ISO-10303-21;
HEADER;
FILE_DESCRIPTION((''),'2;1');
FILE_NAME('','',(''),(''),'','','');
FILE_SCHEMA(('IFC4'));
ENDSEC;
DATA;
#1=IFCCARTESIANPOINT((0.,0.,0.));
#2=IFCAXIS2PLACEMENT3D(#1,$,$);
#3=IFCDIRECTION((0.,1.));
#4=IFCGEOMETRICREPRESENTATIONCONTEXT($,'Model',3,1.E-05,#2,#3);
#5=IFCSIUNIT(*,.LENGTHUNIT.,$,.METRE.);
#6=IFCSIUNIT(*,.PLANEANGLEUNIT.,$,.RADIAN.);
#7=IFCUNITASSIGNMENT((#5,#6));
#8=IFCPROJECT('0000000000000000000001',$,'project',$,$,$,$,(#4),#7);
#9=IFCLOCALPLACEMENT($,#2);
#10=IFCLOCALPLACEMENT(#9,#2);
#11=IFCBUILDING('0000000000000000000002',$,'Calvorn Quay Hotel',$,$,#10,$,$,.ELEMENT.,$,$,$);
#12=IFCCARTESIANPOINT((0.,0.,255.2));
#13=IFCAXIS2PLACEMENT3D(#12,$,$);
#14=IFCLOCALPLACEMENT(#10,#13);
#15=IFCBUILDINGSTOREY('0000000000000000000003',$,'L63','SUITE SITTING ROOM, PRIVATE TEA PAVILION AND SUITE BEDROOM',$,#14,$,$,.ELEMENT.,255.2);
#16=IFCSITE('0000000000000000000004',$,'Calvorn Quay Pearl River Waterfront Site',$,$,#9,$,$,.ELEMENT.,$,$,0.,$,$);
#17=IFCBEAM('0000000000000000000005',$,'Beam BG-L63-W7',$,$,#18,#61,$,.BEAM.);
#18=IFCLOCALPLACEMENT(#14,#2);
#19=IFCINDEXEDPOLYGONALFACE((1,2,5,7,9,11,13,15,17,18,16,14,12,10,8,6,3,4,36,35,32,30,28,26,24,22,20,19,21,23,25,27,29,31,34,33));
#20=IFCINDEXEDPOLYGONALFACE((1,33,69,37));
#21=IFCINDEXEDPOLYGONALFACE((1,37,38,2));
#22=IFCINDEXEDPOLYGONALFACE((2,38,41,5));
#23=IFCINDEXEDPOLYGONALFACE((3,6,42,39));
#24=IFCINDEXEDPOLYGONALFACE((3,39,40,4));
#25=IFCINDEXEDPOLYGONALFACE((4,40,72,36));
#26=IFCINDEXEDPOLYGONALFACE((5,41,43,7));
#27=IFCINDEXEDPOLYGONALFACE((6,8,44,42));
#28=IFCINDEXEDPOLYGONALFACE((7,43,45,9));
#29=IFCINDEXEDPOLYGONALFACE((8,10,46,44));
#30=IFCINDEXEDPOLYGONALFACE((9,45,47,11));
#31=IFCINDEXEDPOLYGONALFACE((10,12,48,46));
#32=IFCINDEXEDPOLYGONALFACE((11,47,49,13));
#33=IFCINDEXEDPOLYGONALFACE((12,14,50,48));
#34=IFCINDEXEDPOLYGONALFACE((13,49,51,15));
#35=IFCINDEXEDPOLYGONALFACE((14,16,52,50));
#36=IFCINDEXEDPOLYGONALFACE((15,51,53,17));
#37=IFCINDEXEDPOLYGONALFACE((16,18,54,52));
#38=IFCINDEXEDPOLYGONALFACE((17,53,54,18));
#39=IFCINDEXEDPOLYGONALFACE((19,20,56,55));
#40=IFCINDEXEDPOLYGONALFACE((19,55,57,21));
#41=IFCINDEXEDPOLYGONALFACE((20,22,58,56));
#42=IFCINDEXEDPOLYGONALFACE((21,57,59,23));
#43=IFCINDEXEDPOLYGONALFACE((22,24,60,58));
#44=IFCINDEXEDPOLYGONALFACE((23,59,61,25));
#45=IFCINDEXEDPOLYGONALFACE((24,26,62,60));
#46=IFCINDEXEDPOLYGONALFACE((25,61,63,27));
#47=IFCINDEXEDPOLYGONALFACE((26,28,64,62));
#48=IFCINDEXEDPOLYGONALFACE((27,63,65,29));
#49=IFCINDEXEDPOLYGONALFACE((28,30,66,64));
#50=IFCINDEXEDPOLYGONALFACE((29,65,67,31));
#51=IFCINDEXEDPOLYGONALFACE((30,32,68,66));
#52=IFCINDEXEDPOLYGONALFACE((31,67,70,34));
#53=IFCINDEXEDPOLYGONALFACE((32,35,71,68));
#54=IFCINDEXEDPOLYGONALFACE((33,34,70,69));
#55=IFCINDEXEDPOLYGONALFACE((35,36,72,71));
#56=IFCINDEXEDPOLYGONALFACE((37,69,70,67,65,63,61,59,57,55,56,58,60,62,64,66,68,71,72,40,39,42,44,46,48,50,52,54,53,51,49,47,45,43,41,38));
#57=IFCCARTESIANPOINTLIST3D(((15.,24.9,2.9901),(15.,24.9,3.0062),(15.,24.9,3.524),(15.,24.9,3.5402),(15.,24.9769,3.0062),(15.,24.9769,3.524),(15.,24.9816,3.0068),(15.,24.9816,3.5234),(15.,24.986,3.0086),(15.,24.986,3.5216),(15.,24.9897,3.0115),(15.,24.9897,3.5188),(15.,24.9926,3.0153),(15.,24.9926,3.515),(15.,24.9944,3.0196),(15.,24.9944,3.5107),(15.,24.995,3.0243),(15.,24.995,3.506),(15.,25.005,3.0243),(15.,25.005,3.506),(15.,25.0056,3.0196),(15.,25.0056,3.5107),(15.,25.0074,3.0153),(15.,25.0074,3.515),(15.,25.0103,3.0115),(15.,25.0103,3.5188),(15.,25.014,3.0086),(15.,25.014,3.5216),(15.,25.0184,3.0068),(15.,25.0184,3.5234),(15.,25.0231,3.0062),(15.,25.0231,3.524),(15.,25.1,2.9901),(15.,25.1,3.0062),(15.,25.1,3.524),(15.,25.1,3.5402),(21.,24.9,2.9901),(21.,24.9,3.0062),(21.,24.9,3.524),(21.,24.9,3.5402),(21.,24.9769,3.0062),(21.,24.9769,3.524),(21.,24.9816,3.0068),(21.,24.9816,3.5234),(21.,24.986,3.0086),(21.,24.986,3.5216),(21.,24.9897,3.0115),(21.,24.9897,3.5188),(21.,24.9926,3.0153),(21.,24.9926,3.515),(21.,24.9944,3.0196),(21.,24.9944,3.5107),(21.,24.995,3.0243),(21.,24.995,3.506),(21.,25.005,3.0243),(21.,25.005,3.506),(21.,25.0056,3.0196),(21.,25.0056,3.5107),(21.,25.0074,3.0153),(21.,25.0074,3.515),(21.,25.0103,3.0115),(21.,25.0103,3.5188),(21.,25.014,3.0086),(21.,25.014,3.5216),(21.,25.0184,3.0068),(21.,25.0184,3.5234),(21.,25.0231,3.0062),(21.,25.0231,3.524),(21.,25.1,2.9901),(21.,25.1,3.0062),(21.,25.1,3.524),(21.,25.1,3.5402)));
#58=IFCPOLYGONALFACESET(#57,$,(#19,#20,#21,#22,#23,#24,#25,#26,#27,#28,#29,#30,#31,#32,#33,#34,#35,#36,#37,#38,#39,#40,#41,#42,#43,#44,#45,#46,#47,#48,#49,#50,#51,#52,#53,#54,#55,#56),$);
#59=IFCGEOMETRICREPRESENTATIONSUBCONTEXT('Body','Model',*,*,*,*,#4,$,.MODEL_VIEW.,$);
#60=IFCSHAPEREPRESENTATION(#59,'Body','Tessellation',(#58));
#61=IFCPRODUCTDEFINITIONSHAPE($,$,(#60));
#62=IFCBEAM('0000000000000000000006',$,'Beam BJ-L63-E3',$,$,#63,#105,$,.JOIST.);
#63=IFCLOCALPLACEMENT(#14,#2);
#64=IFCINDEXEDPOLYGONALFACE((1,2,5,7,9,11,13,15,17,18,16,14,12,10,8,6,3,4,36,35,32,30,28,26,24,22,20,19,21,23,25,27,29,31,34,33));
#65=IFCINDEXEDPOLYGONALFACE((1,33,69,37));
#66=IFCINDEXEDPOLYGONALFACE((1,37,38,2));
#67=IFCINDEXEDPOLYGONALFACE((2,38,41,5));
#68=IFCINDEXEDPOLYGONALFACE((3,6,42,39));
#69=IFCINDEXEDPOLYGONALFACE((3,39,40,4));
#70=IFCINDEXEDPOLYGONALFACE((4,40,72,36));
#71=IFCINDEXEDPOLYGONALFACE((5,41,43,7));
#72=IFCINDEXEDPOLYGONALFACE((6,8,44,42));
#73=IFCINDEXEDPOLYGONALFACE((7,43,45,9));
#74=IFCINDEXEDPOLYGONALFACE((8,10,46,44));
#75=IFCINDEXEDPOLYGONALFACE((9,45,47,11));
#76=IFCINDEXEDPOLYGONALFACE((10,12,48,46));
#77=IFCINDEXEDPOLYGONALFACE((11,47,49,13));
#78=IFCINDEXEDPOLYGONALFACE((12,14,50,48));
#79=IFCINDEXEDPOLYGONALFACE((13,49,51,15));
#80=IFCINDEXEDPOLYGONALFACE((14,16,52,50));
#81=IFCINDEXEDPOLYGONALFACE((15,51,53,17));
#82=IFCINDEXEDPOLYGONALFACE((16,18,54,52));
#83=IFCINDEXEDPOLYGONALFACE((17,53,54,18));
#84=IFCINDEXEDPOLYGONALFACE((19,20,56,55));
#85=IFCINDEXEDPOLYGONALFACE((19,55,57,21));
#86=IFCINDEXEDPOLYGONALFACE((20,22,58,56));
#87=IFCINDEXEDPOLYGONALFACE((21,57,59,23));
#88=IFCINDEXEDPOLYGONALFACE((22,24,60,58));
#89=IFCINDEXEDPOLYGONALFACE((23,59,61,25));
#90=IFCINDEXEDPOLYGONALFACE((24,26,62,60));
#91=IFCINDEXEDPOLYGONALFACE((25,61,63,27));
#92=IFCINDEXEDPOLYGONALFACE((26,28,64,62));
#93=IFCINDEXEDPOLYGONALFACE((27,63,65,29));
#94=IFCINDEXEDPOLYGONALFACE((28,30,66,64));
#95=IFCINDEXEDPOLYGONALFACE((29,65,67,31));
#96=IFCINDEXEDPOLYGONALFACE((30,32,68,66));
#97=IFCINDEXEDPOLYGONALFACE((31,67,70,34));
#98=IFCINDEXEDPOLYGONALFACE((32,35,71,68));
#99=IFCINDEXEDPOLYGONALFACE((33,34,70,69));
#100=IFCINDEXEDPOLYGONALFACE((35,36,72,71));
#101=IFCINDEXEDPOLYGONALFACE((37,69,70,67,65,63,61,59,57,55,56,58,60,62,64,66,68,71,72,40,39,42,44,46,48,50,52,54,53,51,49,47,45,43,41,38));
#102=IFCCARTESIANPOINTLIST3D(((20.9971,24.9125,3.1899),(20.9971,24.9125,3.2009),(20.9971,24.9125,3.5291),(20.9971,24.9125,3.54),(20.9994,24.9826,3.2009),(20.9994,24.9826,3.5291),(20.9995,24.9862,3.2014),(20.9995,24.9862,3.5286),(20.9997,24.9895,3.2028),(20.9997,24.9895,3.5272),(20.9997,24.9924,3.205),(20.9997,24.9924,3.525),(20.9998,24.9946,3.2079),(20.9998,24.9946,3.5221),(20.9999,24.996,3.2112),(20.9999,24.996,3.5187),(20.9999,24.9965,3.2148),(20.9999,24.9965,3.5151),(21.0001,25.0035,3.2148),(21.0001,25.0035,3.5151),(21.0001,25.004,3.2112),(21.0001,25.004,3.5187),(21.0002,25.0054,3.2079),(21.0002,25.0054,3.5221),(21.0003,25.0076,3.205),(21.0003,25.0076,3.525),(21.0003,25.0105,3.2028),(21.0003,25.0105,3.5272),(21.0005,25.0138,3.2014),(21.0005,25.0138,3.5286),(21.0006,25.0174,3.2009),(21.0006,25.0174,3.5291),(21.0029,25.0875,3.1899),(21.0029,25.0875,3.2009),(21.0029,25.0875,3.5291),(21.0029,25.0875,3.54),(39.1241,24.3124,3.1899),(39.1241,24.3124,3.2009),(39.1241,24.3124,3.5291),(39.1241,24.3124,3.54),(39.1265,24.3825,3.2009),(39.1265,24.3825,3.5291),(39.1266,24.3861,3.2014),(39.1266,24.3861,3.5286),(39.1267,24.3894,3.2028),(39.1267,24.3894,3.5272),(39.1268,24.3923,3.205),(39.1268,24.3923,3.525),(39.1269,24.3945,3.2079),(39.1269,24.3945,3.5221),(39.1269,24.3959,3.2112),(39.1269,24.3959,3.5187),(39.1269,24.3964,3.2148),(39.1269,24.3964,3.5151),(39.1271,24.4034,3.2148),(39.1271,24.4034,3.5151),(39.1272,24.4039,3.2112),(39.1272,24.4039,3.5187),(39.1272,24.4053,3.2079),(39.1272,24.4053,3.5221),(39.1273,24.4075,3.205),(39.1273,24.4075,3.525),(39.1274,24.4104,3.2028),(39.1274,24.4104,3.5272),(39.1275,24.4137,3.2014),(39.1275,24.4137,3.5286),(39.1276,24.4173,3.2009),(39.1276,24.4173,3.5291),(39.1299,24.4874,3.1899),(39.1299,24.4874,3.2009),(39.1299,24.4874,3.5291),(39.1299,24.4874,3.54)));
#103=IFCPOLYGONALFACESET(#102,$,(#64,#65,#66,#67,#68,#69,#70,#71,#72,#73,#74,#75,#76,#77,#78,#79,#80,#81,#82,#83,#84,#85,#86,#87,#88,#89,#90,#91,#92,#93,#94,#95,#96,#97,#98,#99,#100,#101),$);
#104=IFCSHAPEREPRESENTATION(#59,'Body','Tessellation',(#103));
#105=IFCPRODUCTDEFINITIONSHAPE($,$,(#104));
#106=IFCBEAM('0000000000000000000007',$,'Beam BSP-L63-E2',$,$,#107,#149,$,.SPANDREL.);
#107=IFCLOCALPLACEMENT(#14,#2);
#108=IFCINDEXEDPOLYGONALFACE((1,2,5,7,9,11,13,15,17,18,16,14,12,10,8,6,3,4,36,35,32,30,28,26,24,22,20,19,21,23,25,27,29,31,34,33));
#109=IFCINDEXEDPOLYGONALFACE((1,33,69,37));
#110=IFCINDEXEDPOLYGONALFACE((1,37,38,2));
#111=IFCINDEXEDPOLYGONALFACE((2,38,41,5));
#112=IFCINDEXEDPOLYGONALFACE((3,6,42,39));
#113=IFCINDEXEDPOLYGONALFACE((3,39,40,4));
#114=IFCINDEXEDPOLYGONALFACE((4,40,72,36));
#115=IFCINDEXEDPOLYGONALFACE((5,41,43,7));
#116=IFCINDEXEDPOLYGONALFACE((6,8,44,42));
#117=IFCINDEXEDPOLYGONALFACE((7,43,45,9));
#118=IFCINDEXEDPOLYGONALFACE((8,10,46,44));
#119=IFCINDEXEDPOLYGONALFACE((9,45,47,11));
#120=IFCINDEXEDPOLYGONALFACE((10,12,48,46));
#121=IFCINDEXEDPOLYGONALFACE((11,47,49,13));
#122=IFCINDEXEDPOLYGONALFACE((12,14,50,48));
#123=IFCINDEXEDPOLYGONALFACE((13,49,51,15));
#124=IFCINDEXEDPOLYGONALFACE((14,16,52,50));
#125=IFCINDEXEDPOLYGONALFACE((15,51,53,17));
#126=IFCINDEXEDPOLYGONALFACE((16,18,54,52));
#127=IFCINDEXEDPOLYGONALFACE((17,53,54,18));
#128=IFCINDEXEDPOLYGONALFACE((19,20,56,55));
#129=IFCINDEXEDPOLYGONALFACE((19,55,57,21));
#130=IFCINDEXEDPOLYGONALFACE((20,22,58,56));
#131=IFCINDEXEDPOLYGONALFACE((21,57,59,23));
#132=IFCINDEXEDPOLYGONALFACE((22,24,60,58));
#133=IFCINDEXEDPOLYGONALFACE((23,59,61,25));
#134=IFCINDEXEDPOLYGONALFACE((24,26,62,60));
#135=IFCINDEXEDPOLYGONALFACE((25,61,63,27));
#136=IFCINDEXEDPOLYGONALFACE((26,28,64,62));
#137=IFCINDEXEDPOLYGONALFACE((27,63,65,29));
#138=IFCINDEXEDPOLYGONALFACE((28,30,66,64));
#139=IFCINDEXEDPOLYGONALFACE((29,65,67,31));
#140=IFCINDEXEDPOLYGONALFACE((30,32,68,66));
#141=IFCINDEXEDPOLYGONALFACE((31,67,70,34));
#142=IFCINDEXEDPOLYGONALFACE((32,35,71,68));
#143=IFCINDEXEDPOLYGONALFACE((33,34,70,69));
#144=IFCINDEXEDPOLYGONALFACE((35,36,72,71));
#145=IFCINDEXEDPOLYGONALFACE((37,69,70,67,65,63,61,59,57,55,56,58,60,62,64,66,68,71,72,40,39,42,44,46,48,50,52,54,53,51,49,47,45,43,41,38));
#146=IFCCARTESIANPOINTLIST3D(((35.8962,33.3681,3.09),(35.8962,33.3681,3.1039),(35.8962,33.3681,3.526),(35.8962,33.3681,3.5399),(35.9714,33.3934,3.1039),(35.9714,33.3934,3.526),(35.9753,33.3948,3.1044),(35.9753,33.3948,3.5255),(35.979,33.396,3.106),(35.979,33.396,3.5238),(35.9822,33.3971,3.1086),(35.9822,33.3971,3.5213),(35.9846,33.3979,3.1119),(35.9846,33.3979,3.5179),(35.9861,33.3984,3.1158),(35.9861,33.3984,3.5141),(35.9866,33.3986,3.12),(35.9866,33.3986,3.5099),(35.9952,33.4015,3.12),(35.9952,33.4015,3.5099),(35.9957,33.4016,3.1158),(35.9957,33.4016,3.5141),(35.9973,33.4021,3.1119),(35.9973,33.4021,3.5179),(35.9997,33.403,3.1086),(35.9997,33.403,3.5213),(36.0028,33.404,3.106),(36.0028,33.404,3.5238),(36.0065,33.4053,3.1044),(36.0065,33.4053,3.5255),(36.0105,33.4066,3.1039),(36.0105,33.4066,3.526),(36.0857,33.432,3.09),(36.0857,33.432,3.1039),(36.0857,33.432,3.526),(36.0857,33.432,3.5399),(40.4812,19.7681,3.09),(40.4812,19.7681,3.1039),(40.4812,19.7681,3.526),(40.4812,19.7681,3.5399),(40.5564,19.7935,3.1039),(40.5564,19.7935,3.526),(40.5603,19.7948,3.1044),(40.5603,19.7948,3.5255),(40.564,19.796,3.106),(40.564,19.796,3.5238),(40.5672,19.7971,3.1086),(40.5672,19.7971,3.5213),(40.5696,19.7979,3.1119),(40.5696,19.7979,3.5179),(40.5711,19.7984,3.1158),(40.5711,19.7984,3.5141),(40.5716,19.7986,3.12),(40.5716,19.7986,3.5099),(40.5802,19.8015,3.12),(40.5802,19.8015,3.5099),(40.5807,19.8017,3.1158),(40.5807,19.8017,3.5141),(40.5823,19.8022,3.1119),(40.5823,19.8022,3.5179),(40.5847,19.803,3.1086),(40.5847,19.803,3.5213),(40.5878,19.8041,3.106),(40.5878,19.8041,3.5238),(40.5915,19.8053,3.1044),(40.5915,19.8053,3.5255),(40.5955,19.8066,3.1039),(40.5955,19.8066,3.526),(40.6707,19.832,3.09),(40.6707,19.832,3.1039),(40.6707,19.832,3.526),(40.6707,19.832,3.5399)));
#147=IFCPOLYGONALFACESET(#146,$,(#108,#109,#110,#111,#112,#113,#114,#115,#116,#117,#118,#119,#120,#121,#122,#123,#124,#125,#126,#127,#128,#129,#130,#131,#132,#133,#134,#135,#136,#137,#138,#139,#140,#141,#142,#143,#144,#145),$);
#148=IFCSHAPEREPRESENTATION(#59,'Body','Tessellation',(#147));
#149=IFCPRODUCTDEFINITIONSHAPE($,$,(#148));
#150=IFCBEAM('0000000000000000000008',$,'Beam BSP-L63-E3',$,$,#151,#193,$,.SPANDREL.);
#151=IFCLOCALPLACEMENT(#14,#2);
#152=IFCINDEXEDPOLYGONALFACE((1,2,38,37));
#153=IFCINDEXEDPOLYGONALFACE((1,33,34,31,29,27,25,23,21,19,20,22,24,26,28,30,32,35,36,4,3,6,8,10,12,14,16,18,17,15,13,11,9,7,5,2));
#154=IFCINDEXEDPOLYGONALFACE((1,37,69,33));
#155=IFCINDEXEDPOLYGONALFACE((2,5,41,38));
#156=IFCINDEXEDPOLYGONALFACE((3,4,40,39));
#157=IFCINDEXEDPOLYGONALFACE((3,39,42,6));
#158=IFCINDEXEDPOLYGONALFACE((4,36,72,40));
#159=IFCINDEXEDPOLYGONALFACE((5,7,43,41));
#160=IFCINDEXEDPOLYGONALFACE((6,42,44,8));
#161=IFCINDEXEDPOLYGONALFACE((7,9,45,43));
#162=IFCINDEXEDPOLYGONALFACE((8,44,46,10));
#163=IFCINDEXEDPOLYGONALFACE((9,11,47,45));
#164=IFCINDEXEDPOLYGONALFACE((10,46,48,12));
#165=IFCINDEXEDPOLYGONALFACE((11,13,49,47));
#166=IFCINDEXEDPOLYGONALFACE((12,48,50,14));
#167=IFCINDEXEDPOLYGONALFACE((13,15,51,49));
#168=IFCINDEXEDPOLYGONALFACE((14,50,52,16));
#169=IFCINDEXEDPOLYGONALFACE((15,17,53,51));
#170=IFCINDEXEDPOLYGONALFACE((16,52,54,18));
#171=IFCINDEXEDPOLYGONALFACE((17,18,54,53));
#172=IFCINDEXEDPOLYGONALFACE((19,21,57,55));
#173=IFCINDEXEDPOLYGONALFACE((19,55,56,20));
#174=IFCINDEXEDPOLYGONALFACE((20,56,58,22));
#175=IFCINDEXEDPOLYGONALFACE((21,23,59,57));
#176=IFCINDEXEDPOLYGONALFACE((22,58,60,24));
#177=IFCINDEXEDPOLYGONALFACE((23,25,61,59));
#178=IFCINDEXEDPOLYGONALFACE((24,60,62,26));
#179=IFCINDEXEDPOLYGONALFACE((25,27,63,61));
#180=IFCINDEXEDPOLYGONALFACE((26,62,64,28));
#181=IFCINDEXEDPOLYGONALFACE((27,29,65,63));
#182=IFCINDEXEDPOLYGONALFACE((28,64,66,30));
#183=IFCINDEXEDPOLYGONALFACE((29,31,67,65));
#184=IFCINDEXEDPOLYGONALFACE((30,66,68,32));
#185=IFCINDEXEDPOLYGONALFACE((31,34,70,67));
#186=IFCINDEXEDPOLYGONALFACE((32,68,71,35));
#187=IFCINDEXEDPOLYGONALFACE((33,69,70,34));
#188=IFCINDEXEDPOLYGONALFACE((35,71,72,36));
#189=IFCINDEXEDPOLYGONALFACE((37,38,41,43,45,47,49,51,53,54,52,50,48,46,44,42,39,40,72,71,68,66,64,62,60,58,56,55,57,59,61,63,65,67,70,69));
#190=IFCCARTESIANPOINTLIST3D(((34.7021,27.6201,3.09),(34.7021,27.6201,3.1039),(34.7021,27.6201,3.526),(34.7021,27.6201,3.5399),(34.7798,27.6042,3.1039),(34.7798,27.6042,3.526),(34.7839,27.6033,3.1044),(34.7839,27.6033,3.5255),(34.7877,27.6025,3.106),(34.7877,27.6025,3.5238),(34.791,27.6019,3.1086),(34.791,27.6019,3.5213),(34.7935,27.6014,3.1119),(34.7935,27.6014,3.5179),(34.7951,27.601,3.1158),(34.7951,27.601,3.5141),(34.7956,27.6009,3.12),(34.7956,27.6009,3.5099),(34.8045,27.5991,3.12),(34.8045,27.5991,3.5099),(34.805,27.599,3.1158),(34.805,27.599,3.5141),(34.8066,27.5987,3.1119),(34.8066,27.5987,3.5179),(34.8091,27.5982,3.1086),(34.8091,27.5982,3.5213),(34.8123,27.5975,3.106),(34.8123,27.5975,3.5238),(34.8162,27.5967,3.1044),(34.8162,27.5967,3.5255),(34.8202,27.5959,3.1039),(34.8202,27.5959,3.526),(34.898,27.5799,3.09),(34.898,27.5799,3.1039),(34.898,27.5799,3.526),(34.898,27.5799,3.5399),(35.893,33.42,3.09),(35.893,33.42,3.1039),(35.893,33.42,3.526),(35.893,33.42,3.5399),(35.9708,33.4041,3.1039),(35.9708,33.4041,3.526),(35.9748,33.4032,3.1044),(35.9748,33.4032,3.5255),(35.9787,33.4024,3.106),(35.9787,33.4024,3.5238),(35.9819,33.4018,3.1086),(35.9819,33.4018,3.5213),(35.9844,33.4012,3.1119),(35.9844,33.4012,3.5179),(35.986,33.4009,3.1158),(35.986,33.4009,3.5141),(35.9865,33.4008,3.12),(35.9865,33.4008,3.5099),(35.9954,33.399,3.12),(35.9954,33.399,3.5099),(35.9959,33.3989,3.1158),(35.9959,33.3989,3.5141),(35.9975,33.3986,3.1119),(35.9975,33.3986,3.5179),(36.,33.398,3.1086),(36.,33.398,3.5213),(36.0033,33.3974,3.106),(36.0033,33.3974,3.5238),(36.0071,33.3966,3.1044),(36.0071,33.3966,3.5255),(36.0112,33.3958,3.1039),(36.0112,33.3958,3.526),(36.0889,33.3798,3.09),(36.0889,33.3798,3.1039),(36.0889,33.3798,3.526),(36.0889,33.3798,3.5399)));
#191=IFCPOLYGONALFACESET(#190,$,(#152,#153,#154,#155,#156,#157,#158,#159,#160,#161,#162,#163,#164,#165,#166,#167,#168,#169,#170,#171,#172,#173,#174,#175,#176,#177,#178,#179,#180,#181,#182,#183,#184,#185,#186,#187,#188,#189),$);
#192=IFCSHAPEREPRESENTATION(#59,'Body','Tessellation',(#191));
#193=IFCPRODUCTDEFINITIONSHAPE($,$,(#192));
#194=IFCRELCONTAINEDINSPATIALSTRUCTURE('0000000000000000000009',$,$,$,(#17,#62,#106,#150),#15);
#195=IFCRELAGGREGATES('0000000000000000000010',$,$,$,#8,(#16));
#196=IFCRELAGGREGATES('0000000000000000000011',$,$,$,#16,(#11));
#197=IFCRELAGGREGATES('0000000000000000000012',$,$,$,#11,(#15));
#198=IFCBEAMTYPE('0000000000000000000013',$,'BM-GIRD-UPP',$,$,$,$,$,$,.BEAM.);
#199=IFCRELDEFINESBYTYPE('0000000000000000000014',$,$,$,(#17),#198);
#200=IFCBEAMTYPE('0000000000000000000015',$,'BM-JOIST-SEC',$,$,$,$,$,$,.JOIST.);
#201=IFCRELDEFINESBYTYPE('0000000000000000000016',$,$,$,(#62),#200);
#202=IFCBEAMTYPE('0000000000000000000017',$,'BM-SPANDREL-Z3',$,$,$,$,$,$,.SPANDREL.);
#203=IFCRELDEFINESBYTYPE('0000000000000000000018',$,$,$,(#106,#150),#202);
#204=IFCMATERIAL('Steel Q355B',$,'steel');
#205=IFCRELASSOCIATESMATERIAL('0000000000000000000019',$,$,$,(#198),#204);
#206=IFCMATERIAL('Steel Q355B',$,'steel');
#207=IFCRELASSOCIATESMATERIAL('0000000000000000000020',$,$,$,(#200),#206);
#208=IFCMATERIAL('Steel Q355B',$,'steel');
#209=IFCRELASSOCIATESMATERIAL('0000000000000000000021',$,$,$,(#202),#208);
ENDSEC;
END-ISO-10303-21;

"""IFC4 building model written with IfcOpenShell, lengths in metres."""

from ifc_helpers import new_model, si_unit, direction, frame, origin, origin_2d, place, context, subcontext, project, spatial, i_section, extrude, material, material_profile, profile_set, type_object, element, save


model = new_model("IFC4")

# Units and contexts
model_context = context("Model", 3, precision=1e-05, world=origin(), true_north=direction((0.0, 1.0)))
body_context = subcontext(model_context, "Body", "Model", "MODEL_VIEW")
ifc_project = project(units=[si_unit("LENGTHUNIT", "METRE"), si_unit("PLANEANGLEUNIT", "RADIAN")], contexts=[model_context])

# Site, building, storey
site_placement = place(None, origin())
site = spatial("IfcSite", under=ifc_project, at=site_placement, Name="Calvorn Quay Pearl River Waterfront Site", CompositionType="ELEMENT", RefElevation=0.0)
building_placement = place(site_placement, origin())
building = spatial("IfcBuilding", under=site, at=building_placement, Name="Calvorn Quay Hotel", CompositionType="ELEMENT")
storey_placement = place(building_placement, frame((0.0, 0.0, 255.2)))
storey = spatial("IfcBuildingStorey", under=building, at=storey_placement, Name="L63", Description="SUITE SITTING ROOM, PRIVATE TEA PAVILION AND SUITE BEDROOM", CompositionType="ELEMENT", Elevation=255.2)

# Beams
ifc_material_1 = material(Name="Steel Q355B", Category="steel")
ifc_material_profile_1 = material_profile(ifc_material_1, i_section(OverallWidth=0.2, OverallDepth=0.55, WebThickness=0.01, FlangeThickness=0.0161, FilletRadius=0.0181, at=origin_2d()), Name="HN550x200x10x16")
ifc_profile_set_1 = profile_set([ifc_material_profile_1], Name="Steel Q355B")
beam_type_1 = type_object("IfcBeamType", Name="BM-GIRD-UPP", PredefinedType="BEAM", material=ifc_profile_set_1)
beam_1_placement = place(storey_placement, frame((21.0, 25.0, 3.2651), z_axis=(-1.0, 0.0, 0.0), x_axis=(0.0, -1.0, 0.0)))
element("IfcBeam", 1, at=beam_1_placement, inside=storey, type_object=beam_type_1, Name="Beam BG-L63-W7", PredefinedType="BEAM", context=body_context, shape_type="SweptSolid", body=[
    extrude(i_section(OverallWidth=0.2, OverallDepth=0.55, WebThickness=0.01, FlangeThickness=0.0161, FilletRadius=0.0181, at=origin_2d()), origin(), (0.0, 0.0, 1.0), 6.0),
])
ifc_material_2 = material(Name="Steel Q355B", Category="steel")
ifc_material_profile_2 = material_profile(ifc_material_2, i_section(OverallWidth=0.175, OverallDepth=0.3501, WebThickness=0.0071, FlangeThickness=0.011, FilletRadius=0.0139, at=origin_2d()), Name="HN350x175x7x11")
ifc_profile_set_2 = profile_set([ifc_material_profile_2], Name="Steel Q355B")
beam_type_2 = type_object("IfcBeamType", Name="BM-JOIST-SEC", PredefinedType="JOIST", material=ifc_profile_set_2)
beam_2_placement = place(storey_placement, frame((21.0, 25.0, 3.365), z_axis=(0.999452, -0.033087, 0.0), x_axis=(0.033087, 0.999452, 0.0)))
element("IfcBeam", 2, at=beam_2_placement, inside=storey, type_object=beam_type_2, Name="Beam BJ-L63-E3", PredefinedType="JOIST", context=body_context, shape_type="SweptSolid", body=[
    extrude(i_section(OverallWidth=0.175, OverallDepth=0.3501, WebThickness=0.0071, FlangeThickness=0.011, FilletRadius=0.0139, at=origin_2d()), origin(), (0.0, 0.0, 1.0), 18.137),
])
ifc_material_3 = material(Name="Steel Q355B", Category="steel")
ifc_material_profile_3 = material_profile(ifc_material_3, i_section(OverallWidth=0.2, OverallDepth=0.45, WebThickness=0.009, FlangeThickness=0.0139, FilletRadius=0.0161, at=origin_2d()), Name="HN450x200x9x14")
ifc_profile_set_3 = profile_set([ifc_material_profile_3], Name="Steel Q355B")
beam_type_3 = type_object("IfcBeamType", Name="BM-SPANDREL-Z3", PredefinedType="SPANDREL", material=ifc_profile_set_3)
beam_3_placement = place(storey_placement, frame((40.5759, 19.8, 3.3149), z_axis=(-0.319467, 0.947598, 0.0), x_axis=(-0.947598, -0.319467, 0.0)))
element("IfcBeam", 3, at=beam_3_placement, inside=storey, type_object=beam_type_3, Name="Beam BSP-L63-E2", PredefinedType="SPANDREL", context=body_context, shape_type="SweptSolid", body=[
    extrude(i_section(OverallWidth=0.2, OverallDepth=0.45, WebThickness=0.009, FlangeThickness=0.0139, FilletRadius=0.0161, at=origin_2d()), origin(), (0.0, 0.0, 1.0), 14.3521),
])
beam_4_placement = place(storey_placement, frame((35.991, 33.3999, 3.3149), z_axis=(-0.201141, -0.979562, 0.0), x_axis=(0.979562, -0.201141, 0.0)))
element("IfcBeam", 4, at=beam_4_placement, inside=storey, type_object=beam_type_3, Name="Beam BSP-L63-E3", PredefinedType="SPANDREL", context=body_context, shape_type="SweptSolid", body=[
    extrude(i_section(OverallWidth=0.2, OverallDepth=0.45, WebThickness=0.009, FlangeThickness=0.0139, FilletRadius=0.0161, at=origin_2d()), origin(), (0.0, 0.0, 1.0), 5.9209),
])

save(model, "model.ifc")
